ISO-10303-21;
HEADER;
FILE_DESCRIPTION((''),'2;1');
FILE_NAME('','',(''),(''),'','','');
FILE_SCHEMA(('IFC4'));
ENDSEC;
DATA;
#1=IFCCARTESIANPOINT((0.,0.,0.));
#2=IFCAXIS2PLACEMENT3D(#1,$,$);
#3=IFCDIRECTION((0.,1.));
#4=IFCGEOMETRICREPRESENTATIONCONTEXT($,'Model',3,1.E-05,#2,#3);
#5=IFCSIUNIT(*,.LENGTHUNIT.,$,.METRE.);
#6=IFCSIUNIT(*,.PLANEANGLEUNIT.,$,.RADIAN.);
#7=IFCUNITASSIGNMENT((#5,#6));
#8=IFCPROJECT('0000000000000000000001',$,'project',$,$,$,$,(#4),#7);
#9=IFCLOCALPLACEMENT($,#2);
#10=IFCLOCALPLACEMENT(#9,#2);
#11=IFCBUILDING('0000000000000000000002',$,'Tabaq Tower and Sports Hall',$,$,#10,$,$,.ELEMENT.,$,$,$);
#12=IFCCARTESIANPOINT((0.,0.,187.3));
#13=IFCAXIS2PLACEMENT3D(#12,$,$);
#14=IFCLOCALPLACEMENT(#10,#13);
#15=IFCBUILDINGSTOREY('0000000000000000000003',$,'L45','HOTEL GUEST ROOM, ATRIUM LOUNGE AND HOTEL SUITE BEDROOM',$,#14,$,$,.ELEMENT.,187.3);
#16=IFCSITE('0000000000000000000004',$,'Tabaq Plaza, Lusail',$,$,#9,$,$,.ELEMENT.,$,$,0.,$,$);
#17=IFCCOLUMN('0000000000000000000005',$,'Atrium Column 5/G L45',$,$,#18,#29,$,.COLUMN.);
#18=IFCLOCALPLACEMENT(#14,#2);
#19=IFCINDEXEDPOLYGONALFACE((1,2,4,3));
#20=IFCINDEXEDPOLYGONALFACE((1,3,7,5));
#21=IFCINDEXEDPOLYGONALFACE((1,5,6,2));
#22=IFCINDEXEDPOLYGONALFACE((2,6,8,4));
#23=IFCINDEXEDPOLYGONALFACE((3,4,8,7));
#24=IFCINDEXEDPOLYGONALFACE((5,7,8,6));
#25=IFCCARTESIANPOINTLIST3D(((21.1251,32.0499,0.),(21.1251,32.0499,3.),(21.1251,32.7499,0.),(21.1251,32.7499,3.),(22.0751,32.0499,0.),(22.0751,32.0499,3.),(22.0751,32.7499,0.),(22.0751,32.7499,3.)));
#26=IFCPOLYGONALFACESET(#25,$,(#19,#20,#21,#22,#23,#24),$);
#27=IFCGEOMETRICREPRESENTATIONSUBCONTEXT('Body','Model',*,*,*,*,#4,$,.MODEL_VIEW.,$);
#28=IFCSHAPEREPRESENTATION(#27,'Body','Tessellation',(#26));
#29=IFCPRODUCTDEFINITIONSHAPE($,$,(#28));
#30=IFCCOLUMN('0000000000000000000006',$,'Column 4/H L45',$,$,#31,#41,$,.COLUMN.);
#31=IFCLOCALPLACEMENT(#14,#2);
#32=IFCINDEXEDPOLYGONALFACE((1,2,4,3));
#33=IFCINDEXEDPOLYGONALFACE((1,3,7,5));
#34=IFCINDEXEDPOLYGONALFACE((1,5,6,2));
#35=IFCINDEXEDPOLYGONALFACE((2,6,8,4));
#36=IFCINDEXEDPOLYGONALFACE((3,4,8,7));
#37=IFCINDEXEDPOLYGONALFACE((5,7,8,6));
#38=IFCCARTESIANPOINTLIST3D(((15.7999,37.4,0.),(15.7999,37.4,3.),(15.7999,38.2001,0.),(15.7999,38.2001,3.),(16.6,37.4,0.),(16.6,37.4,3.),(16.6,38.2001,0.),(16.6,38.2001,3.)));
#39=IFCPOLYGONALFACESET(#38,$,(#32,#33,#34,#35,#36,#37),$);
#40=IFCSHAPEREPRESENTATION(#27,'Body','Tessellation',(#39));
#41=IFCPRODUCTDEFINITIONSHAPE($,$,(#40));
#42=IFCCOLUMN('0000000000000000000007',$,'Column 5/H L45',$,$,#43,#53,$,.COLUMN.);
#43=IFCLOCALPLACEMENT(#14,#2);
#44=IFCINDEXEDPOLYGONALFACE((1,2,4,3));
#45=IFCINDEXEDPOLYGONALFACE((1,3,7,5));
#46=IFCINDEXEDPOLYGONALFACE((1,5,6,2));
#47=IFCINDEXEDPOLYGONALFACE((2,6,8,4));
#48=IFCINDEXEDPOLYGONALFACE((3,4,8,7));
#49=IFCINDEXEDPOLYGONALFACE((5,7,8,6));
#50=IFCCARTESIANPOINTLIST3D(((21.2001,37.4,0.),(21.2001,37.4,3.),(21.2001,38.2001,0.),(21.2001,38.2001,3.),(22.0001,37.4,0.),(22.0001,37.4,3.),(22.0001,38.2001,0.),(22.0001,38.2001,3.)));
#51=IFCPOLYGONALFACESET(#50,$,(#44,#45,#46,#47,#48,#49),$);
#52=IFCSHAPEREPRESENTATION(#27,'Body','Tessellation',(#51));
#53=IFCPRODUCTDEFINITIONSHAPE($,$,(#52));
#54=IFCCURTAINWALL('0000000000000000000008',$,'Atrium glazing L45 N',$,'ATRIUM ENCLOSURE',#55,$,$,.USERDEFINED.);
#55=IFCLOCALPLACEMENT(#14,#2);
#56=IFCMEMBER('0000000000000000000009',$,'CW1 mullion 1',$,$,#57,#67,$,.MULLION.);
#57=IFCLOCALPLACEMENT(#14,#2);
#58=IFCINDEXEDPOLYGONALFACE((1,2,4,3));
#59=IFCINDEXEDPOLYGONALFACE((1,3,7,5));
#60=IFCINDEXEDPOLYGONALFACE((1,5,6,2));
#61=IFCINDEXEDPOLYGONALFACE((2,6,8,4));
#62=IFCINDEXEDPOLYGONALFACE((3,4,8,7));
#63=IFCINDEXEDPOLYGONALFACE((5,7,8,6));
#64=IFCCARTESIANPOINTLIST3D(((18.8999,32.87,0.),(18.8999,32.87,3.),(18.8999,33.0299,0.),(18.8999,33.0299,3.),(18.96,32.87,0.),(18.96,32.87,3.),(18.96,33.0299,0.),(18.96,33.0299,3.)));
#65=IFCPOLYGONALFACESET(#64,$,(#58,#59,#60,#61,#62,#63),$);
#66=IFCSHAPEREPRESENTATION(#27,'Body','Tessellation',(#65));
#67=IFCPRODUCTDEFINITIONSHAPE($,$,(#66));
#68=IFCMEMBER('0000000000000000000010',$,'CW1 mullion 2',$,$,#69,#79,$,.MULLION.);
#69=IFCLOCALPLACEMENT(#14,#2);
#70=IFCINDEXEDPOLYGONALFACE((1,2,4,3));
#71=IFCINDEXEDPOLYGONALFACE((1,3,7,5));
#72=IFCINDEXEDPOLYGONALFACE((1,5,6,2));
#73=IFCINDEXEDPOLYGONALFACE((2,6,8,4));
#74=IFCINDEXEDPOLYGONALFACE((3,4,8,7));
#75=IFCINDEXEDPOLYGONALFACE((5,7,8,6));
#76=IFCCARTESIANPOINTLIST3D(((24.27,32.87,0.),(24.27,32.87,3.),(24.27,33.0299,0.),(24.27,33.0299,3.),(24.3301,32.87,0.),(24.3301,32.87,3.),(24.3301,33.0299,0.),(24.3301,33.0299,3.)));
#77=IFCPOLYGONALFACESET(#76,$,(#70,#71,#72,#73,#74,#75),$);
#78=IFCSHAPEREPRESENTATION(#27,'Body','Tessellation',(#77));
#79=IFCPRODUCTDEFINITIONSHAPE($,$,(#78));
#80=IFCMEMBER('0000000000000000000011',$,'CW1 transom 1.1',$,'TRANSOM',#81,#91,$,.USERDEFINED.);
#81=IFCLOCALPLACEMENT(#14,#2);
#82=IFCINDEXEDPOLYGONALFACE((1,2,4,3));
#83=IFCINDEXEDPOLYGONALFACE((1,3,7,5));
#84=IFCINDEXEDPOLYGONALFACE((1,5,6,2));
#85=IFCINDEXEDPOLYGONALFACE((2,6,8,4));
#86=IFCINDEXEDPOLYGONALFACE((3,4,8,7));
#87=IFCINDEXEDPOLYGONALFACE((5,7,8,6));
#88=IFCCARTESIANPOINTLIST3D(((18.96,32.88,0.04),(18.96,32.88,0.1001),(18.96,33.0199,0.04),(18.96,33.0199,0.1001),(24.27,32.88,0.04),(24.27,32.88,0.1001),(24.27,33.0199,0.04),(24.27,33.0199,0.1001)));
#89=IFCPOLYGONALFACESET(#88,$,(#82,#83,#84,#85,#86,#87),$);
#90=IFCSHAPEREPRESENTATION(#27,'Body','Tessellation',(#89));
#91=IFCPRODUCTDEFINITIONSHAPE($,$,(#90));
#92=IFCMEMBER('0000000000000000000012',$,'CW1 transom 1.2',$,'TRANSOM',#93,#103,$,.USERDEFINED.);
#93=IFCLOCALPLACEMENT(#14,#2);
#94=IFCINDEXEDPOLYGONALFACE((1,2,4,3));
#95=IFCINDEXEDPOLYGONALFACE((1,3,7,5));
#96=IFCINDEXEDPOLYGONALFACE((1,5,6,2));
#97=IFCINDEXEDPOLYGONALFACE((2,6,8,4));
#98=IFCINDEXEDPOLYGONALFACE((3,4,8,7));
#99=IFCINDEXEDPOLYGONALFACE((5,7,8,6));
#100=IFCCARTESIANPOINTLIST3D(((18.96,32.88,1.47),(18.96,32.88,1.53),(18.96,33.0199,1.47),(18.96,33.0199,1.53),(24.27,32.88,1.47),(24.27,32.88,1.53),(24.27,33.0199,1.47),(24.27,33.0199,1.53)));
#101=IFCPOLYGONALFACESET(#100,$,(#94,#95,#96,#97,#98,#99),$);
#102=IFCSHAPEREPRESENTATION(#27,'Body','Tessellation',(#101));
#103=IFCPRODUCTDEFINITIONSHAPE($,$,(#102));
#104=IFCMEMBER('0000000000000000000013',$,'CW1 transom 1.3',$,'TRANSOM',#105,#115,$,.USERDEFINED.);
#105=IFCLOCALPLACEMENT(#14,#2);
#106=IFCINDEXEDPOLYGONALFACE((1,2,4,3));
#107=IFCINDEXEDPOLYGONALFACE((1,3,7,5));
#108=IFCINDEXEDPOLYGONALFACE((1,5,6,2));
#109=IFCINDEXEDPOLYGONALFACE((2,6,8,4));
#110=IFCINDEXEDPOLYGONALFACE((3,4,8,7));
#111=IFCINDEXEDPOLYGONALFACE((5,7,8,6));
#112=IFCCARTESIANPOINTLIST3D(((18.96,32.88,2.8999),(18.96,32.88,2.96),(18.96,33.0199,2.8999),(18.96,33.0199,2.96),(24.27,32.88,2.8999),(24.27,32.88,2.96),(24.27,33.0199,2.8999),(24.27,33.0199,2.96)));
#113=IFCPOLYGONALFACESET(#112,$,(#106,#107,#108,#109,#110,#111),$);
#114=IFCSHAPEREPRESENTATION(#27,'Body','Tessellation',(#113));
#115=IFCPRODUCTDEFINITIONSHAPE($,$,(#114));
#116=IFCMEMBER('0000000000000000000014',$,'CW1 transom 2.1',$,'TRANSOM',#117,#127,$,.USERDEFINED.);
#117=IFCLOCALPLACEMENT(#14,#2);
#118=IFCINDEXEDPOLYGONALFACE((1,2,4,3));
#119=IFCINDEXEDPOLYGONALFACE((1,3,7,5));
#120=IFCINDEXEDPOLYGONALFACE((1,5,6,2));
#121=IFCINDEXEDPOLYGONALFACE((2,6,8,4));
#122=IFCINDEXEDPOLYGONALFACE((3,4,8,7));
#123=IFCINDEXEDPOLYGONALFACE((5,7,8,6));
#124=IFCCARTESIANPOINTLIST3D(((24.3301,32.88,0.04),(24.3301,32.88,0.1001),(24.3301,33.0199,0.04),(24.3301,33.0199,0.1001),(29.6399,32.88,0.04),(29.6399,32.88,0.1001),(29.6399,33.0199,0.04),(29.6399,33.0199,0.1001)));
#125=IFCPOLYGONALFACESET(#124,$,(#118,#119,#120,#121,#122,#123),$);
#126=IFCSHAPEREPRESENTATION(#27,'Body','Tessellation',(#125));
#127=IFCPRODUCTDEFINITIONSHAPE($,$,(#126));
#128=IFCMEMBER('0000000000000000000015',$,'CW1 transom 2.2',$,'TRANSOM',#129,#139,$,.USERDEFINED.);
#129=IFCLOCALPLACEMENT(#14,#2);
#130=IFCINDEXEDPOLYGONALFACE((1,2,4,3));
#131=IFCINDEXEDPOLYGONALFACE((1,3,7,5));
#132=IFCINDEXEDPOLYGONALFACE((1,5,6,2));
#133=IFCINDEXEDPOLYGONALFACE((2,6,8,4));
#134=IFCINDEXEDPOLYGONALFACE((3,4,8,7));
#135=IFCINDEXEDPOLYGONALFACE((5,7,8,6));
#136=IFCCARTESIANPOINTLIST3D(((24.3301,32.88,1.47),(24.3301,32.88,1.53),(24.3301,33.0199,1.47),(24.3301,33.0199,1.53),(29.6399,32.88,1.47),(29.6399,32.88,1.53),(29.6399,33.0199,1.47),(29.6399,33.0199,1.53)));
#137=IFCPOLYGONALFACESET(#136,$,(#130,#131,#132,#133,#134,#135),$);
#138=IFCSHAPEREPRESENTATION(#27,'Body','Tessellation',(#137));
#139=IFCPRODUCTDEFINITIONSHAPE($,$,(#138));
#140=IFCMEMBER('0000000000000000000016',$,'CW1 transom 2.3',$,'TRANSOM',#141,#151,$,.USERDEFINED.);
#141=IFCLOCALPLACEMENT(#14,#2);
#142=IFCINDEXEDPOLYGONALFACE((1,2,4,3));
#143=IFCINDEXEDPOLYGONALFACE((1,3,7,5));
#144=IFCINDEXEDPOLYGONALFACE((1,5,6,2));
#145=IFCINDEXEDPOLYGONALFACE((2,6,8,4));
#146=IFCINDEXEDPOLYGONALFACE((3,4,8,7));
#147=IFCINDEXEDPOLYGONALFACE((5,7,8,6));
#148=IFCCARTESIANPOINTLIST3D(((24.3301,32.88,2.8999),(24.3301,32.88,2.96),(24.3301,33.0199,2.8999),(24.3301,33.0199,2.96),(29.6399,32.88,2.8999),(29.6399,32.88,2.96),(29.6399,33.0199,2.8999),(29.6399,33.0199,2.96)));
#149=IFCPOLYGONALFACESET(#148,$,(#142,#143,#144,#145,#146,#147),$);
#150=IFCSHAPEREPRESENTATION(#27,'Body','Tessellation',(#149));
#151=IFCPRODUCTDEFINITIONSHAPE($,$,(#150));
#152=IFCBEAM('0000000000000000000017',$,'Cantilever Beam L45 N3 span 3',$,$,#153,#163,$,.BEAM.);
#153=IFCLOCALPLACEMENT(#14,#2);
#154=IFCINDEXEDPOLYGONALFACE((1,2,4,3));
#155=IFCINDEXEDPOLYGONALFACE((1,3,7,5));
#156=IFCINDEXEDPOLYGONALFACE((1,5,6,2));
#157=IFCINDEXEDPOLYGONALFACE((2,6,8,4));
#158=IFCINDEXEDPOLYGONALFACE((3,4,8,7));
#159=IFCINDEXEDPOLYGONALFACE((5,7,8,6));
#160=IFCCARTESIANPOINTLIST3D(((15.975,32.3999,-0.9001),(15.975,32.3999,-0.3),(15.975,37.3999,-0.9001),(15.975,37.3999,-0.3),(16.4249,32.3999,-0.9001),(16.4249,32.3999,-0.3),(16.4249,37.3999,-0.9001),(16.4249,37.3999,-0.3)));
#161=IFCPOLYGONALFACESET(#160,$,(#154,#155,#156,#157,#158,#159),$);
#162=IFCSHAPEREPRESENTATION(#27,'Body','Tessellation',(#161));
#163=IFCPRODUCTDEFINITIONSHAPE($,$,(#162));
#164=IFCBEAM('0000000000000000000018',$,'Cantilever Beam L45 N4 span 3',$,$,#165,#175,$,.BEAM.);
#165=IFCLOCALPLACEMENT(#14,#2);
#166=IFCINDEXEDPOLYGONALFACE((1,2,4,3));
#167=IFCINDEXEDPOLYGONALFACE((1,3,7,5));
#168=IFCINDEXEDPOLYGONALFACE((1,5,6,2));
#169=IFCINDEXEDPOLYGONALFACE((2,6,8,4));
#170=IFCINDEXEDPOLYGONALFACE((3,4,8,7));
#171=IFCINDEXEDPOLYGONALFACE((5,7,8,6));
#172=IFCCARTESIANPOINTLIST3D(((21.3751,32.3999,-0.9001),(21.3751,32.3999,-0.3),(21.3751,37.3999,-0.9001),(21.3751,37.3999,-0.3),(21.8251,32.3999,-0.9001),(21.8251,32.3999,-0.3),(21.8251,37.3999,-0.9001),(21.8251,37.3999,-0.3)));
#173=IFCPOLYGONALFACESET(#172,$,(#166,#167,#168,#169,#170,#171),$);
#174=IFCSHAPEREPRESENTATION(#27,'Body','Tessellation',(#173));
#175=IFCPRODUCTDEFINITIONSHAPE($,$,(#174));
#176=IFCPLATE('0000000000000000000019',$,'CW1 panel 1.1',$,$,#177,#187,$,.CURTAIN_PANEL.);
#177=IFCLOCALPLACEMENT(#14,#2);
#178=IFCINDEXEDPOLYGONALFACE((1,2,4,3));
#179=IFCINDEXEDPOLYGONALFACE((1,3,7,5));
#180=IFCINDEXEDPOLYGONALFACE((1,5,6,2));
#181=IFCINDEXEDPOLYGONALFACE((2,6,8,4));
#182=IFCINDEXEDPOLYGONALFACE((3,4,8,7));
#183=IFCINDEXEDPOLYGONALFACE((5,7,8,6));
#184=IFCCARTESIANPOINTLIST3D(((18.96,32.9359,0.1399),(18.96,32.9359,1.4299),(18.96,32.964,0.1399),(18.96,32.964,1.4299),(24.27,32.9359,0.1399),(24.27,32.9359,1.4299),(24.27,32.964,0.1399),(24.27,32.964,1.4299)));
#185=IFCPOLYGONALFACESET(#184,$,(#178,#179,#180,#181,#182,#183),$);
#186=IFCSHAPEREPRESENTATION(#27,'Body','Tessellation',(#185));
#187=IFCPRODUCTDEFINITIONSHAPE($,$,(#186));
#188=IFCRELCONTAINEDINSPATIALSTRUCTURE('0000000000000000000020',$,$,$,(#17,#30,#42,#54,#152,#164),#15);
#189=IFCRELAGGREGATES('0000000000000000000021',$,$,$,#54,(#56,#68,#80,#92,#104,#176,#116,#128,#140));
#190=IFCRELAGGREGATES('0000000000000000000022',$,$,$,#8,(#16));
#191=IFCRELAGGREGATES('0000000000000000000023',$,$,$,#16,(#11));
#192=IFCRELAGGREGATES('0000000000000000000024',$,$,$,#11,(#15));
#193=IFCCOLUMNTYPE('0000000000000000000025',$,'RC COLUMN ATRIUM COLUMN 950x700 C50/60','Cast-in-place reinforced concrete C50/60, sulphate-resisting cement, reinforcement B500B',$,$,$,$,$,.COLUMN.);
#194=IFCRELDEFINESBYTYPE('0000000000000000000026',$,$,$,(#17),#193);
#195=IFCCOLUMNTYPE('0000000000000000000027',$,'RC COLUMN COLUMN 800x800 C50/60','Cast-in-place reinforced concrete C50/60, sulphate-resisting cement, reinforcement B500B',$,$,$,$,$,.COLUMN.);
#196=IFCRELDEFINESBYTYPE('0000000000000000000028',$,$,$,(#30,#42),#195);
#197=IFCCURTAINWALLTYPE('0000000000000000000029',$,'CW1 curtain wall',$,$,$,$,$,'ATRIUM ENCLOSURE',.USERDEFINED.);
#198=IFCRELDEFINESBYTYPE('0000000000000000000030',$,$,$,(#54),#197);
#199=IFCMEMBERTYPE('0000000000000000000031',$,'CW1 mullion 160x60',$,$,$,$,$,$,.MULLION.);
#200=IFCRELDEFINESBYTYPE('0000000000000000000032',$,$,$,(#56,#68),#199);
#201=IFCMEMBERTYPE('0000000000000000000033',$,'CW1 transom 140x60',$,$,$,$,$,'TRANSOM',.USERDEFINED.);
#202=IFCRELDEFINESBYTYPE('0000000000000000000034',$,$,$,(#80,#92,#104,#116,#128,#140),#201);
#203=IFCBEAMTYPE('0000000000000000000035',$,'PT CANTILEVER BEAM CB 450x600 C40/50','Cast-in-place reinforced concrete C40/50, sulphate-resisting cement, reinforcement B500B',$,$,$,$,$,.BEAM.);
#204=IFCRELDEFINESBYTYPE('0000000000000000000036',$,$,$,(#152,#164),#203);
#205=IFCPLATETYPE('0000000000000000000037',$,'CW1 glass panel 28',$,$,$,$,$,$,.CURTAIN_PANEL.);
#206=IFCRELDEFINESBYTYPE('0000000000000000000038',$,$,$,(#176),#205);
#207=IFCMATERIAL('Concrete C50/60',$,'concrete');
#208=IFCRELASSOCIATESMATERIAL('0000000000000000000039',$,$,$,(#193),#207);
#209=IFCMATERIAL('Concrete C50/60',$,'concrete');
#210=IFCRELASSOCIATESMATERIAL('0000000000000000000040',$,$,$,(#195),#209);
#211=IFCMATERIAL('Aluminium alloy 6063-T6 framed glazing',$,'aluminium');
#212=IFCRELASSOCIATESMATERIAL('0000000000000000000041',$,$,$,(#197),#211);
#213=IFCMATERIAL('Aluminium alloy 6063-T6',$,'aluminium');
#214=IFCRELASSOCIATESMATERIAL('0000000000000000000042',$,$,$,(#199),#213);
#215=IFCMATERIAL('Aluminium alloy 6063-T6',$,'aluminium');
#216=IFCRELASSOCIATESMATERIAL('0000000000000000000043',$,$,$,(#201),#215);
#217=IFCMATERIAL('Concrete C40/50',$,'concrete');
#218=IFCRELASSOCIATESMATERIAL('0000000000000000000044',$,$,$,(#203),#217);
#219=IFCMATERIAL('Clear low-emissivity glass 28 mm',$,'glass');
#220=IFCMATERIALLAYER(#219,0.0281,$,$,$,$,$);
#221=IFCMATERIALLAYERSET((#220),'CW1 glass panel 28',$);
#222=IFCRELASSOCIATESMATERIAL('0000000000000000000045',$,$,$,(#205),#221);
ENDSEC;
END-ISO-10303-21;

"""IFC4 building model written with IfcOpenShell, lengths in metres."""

from ifc_helpers import new_model, si_unit, direction, frame, origin, origin_2d, place, context, subcontext, project, spatial, rectangle, extrude, material, layer, layer_set, material_profile, profile_set, type_object, element, aggregate, save


model = new_model("IFC4")

# Units and contexts
model_context = context("Model", 3, precision=1e-05, world=origin(), true_north=direction((0.0, 1.0)))
body_context = subcontext(model_context, "Body", "Model", "MODEL_VIEW")
ifc_project = project(units=[si_unit("LENGTHUNIT", "METRE"), si_unit("PLANEANGLEUNIT", "RADIAN")], contexts=[model_context])

# Site, building, storey
site_placement = place(None, origin())
site = spatial("IfcSite", under=ifc_project, at=site_placement, Name="Tabaq Plaza, Lusail", CompositionType="ELEMENT", RefElevation=0.0)
building_placement = place(site_placement, origin())
building = spatial("IfcBuilding", under=site, at=building_placement, Name="Tabaq Tower and Sports Hall", CompositionType="ELEMENT")
storey_placement = place(building_placement, frame((0.0, 0.0, 187.3)))
storey = spatial("IfcBuildingStorey", under=building, at=storey_placement, Name="L45", Description="HOTEL GUEST ROOM, ATRIUM LOUNGE AND HOTEL SUITE BEDROOM", CompositionType="ELEMENT", Elevation=187.3)

# Columns
ifc_material_1 = material(Name="Concrete C50/60", Category="concrete")
ifc_material_profile_1 = material_profile(ifc_material_1, rectangle(XDim=0.95, YDim=0.7, at=origin_2d()), Name="ATRIUM COLUMN 950x700")
ifc_profile_set_1 = profile_set([ifc_material_profile_1], Name="Concrete C50/60")
column_type_1 = type_object("IfcColumnType", Name="RC COLUMN ATRIUM COLUMN 950x700 C50/60", Description="Cast-in-place reinforced concrete C50/60, sulphate-resisting cement, reinforcement B500B", PredefinedType="COLUMN", material=ifc_profile_set_1)
column_placement = place(storey_placement, frame((21.6001, 32.3999, 0.0), z_axis=(0.0, 0.0, 1.0), x_axis=(1.0, 0.0, 0.0)))
element("IfcColumn", 1, at=column_placement, inside=storey, type_object=column_type_1, Name="Atrium Column 5/G L45", PredefinedType="COLUMN", context=body_context, shape_type="SweptSolid", body=[
    extrude(rectangle(XDim=0.95, YDim=0.7, at=origin_2d()), origin(), (0.0, 0.0, 1.0), 3.0),
])
ifc_material_2 = material(Name="Concrete C50/60", Category="concrete")
ifc_material_profile_2 = material_profile(ifc_material_2, rectangle(XDim=0.8, YDim=0.8, at=origin_2d()), Name="COLUMN 800x800")
ifc_profile_set_2 = profile_set([ifc_material_profile_2], Name="Concrete C50/60")
column_type_2 = type_object("IfcColumnType", Name="RC COLUMN COLUMN 800x800 C50/60", Description="Cast-in-place reinforced concrete C50/60, sulphate-resisting cement, reinforcement B500B", PredefinedType="COLUMN", material=ifc_profile_set_2)
for number, where, z_axis, x_axis, name in (
    (2, (16.2, 37.8, 0.0), (0.0, 0.0, 1.0), (1.0, 0.0, 0.0), "Column 4/H L45"),
    (3, (21.6001, 37.8, 0.0), (0.0, 0.0, 1.0), (1.0, 0.0, 0.0), "Column 5/H L45"),
):
    element("IfcColumn", number, at=place(storey_placement, frame(where, z_axis=z_axis, x_axis=x_axis)), inside=storey, type_object=column_type_2, Name=name, PredefinedType="COLUMN", context=body_context, shape_type="SweptSolid", body=[
        extrude(rectangle(XDim=0.8, YDim=0.8, at=origin_2d()), origin(), (0.0, 0.0, 1.0), 3.0),
    ])

# Curtain wall, members
ifc_material_3 = material(Name="Aluminium alloy 6063-T6 framed glazing", Category="aluminium")
curtain_wall_type = type_object("IfcCurtainWallType", Name="CW1 curtain wall", ElementType="ATRIUM ENCLOSURE", PredefinedType="USERDEFINED", material=ifc_material_3)
curtain_wall_placement = place(storey_placement, origin())
curtain_wall = element("IfcCurtainWall", 4, at=curtain_wall_placement, inside=storey, type_object=curtain_wall_type, Name="Atrium glazing L45 N", ObjectType="ATRIUM ENCLOSURE", PredefinedType="USERDEFINED")
ifc_material_4 = material(Name="Aluminium alloy 6063-T6", Category="aluminium")
ifc_material_profile_3 = material_profile(ifc_material_4, rectangle(XDim=0.1599, YDim=0.0601, at=origin_2d()), Name="MULLION 160x60")
ifc_profile_set_3 = profile_set([ifc_material_profile_3], Name="Aluminium alloy 6063-T6")
member_type_1 = type_object("IfcMemberType", Name="CW1 mullion 160x60", PredefinedType="MULLION", material=ifc_profile_set_3)
member_1_placement = place(storey_placement, frame((18.9299, 32.95, 0.0), z_axis=(0.0, 0.0, 1.0), x_axis=(0.0, 1.0, 0.0)))
member_1 = element("IfcMember", 5, at=member_1_placement, type_object=member_type_1, Name="CW1 mullion 1", PredefinedType="MULLION", context=body_context, shape_type="SweptSolid", body=[
    extrude(rectangle(XDim=0.1599, YDim=0.0601, at=origin_2d()), origin(), (0.0, 0.0, 1.0), 3.0),
])
member_2_placement = place(storey_placement, frame((24.3, 32.95, 0.0), z_axis=(0.0, 0.0, 1.0), x_axis=(0.0, 1.0, 0.0)))
member_2 = element("IfcMember", 6, at=member_2_placement, type_object=member_type_1, Name="CW1 mullion 2", PredefinedType="MULLION", context=body_context, shape_type="SweptSolid", body=[
    extrude(rectangle(XDim=0.1599, YDim=0.0601, at=origin_2d()), origin(), (0.0, 0.0, 1.0), 3.0),
])
ifc_material_5 = material(Name="Aluminium alloy 6063-T6", Category="aluminium")
ifc_material_profile_4 = material_profile(ifc_material_5, rectangle(XDim=0.1399, YDim=0.0601, at=origin_2d()), Name="TRANSOM 140x60")
ifc_profile_set_4 = profile_set([ifc_material_profile_4], Name="Aluminium alloy 6063-T6")
member_type_2 = type_object("IfcMemberType", Name="CW1 transom 140x60", ElementType="TRANSOM", PredefinedType="USERDEFINED", material=ifc_profile_set_4)
member_3_placement = place(storey_placement, frame((18.96, 32.95, 0.0701), z_axis=(1.0, 0.0, 0.0), x_axis=(0.0, 1.0, 0.0)))
member_3 = element("IfcMember", 7, at=member_3_placement, type_object=member_type_2, Name="CW1 transom 1.1", ObjectType="TRANSOM", PredefinedType="USERDEFINED", context=body_context, shape_type="SweptSolid", body=[
    extrude(rectangle(XDim=0.1399, YDim=0.0601, at=origin_2d()), origin(), (0.0, 0.0, 1.0), 5.3101),
])
member_4_placement = place(storey_placement, frame((18.96, 32.95, 1.5), z_axis=(1.0, 0.0, 0.0), x_axis=(0.0, 1.0, 0.0)))
member_4 = element("IfcMember", 8, at=member_4_placement, type_object=member_type_2, Name="CW1 transom 1.2", ObjectType="TRANSOM", PredefinedType="USERDEFINED", context=body_context, shape_type="SweptSolid", body=[
    extrude(rectangle(XDim=0.1399, YDim=0.0601, at=origin_2d()), origin(), (0.0, 0.0, 1.0), 5.3101),
])
member_5_placement = place(storey_placement, frame((18.96, 32.95, 2.9299), z_axis=(1.0, 0.0, 0.0), x_axis=(0.0, 1.0, 0.0)))
member_5 = element("IfcMember", 9, at=member_5_placement, type_object=member_type_2, Name="CW1 transom 1.3", ObjectType="TRANSOM", PredefinedType="USERDEFINED", context=body_context, shape_type="SweptSolid", body=[
    extrude(rectangle(XDim=0.1399, YDim=0.0601, at=origin_2d()), origin(), (0.0, 0.0, 1.0), 5.3101),
])
member_6_placement = place(storey_placement, frame((24.3301, 32.95, 0.0701), z_axis=(1.0, 0.0, 0.0), x_axis=(0.0, 1.0, 0.0)))
member_6 = element("IfcMember", 10, at=member_6_placement, type_object=member_type_2, Name="CW1 transom 2.1", ObjectType="TRANSOM", PredefinedType="USERDEFINED", context=body_context, shape_type="SweptSolid", body=[
    extrude(rectangle(XDim=0.1399, YDim=0.0601, at=origin_2d()), origin(), (0.0, 0.0, 1.0), 5.3098),
])
member_7_placement = place(storey_placement, frame((24.3301, 32.95, 1.5), z_axis=(1.0, 0.0, 0.0), x_axis=(0.0, 1.0, 0.0)))
member_7 = element("IfcMember", 11, at=member_7_placement, type_object=member_type_2, Name="CW1 transom 2.2", ObjectType="TRANSOM", PredefinedType="USERDEFINED", context=body_context, shape_type="SweptSolid", body=[
    extrude(rectangle(XDim=0.1399, YDim=0.0601, at=origin_2d()), origin(), (0.0, 0.0, 1.0), 5.3098),
])
member_8_placement = place(storey_placement, frame((24.3301, 32.95, 2.9299), z_axis=(1.0, 0.0, 0.0), x_axis=(0.0, 1.0, 0.0)))
member_8 = element("IfcMember", 12, at=member_8_placement, type_object=member_type_2, Name="CW1 transom 2.3", ObjectType="TRANSOM", PredefinedType="USERDEFINED", context=body_context, shape_type="SweptSolid", body=[
    extrude(rectangle(XDim=0.1399, YDim=0.0601, at=origin_2d()), origin(), (0.0, 0.0, 1.0), 5.3098),
])

# Beams
ifc_material_6 = material(Name="Concrete C40/50", Category="concrete")
ifc_material_profile_5 = material_profile(ifc_material_6, rectangle(XDim=0.45, YDim=0.6001, at=origin_2d()), Name="CB 450x600")
ifc_profile_set_5 = profile_set([ifc_material_profile_5], Name="Concrete C40/50")
beam_type = type_object("IfcBeamType", Name="PT CANTILEVER BEAM CB 450x600 C40/50", Description="Cast-in-place reinforced concrete C40/50, sulphate-resisting cement, reinforcement B500B", PredefinedType="BEAM", material=ifc_profile_set_5)
for number, where, z_axis, x_axis, name in (
    (13, (16.2, 37.3999, -0.6001), (0.0, -1.0, 0.0), (1.0, 0.0, 0.0), "Cantilever Beam L45 N3 span 3"),
    (14, (21.6001, 37.3999, -0.6001), (0.0, -1.0, 0.0), (1.0, 0.0, 0.0), "Cantilever Beam L45 N4 span 3"),
):
    element("IfcBeam", number, at=place(storey_placement, frame(where, z_axis=z_axis, x_axis=x_axis)), inside=storey, type_object=beam_type, Name=name, PredefinedType="BEAM", context=body_context, shape_type="SweptSolid", body=[
        extrude(rectangle(XDim=0.45, YDim=0.6001, at=origin_2d()), origin(), (0.0, 0.0, 1.0), 5.0),
    ])

# Plate
ifc_material_7 = material(Name="Clear low-emissivity glass 28 mm", Category="glass")
ifc_layer_1 = layer(ifc_material_7, 0.0281)
ifc_layer_set_1 = layer_set([ifc_layer_1], Name="CW1 glass panel 28")
plate_type = type_object("IfcPlateType", Name="CW1 glass panel 28", PredefinedType="CURTAIN_PANEL", material=ifc_layer_set_1)
plate_1_placement = place(storey_placement, frame((21.615, 32.95, 0.1399), z_axis=(0.0, 0.0, 1.0), x_axis=(1.0, 0.0, 0.0)))
plate_1 = element("IfcPlate", 15, at=plate_1_placement, type_object=plate_type, Name="CW1 panel 1.1", PredefinedType="CURTAIN_PANEL", context=body_context, shape_type="SweptSolid", body=[
    extrude(rectangle(XDim=5.3101, YDim=0.0281, at=origin_2d()), origin(), (0.0, 0.0, 1.0), 1.29),
])
aggregate(curtain_wall, [member_1, member_2, member_3, member_4, member_5, plate_1, member_6, member_7, member_8])

save(model, "model.ifc")
